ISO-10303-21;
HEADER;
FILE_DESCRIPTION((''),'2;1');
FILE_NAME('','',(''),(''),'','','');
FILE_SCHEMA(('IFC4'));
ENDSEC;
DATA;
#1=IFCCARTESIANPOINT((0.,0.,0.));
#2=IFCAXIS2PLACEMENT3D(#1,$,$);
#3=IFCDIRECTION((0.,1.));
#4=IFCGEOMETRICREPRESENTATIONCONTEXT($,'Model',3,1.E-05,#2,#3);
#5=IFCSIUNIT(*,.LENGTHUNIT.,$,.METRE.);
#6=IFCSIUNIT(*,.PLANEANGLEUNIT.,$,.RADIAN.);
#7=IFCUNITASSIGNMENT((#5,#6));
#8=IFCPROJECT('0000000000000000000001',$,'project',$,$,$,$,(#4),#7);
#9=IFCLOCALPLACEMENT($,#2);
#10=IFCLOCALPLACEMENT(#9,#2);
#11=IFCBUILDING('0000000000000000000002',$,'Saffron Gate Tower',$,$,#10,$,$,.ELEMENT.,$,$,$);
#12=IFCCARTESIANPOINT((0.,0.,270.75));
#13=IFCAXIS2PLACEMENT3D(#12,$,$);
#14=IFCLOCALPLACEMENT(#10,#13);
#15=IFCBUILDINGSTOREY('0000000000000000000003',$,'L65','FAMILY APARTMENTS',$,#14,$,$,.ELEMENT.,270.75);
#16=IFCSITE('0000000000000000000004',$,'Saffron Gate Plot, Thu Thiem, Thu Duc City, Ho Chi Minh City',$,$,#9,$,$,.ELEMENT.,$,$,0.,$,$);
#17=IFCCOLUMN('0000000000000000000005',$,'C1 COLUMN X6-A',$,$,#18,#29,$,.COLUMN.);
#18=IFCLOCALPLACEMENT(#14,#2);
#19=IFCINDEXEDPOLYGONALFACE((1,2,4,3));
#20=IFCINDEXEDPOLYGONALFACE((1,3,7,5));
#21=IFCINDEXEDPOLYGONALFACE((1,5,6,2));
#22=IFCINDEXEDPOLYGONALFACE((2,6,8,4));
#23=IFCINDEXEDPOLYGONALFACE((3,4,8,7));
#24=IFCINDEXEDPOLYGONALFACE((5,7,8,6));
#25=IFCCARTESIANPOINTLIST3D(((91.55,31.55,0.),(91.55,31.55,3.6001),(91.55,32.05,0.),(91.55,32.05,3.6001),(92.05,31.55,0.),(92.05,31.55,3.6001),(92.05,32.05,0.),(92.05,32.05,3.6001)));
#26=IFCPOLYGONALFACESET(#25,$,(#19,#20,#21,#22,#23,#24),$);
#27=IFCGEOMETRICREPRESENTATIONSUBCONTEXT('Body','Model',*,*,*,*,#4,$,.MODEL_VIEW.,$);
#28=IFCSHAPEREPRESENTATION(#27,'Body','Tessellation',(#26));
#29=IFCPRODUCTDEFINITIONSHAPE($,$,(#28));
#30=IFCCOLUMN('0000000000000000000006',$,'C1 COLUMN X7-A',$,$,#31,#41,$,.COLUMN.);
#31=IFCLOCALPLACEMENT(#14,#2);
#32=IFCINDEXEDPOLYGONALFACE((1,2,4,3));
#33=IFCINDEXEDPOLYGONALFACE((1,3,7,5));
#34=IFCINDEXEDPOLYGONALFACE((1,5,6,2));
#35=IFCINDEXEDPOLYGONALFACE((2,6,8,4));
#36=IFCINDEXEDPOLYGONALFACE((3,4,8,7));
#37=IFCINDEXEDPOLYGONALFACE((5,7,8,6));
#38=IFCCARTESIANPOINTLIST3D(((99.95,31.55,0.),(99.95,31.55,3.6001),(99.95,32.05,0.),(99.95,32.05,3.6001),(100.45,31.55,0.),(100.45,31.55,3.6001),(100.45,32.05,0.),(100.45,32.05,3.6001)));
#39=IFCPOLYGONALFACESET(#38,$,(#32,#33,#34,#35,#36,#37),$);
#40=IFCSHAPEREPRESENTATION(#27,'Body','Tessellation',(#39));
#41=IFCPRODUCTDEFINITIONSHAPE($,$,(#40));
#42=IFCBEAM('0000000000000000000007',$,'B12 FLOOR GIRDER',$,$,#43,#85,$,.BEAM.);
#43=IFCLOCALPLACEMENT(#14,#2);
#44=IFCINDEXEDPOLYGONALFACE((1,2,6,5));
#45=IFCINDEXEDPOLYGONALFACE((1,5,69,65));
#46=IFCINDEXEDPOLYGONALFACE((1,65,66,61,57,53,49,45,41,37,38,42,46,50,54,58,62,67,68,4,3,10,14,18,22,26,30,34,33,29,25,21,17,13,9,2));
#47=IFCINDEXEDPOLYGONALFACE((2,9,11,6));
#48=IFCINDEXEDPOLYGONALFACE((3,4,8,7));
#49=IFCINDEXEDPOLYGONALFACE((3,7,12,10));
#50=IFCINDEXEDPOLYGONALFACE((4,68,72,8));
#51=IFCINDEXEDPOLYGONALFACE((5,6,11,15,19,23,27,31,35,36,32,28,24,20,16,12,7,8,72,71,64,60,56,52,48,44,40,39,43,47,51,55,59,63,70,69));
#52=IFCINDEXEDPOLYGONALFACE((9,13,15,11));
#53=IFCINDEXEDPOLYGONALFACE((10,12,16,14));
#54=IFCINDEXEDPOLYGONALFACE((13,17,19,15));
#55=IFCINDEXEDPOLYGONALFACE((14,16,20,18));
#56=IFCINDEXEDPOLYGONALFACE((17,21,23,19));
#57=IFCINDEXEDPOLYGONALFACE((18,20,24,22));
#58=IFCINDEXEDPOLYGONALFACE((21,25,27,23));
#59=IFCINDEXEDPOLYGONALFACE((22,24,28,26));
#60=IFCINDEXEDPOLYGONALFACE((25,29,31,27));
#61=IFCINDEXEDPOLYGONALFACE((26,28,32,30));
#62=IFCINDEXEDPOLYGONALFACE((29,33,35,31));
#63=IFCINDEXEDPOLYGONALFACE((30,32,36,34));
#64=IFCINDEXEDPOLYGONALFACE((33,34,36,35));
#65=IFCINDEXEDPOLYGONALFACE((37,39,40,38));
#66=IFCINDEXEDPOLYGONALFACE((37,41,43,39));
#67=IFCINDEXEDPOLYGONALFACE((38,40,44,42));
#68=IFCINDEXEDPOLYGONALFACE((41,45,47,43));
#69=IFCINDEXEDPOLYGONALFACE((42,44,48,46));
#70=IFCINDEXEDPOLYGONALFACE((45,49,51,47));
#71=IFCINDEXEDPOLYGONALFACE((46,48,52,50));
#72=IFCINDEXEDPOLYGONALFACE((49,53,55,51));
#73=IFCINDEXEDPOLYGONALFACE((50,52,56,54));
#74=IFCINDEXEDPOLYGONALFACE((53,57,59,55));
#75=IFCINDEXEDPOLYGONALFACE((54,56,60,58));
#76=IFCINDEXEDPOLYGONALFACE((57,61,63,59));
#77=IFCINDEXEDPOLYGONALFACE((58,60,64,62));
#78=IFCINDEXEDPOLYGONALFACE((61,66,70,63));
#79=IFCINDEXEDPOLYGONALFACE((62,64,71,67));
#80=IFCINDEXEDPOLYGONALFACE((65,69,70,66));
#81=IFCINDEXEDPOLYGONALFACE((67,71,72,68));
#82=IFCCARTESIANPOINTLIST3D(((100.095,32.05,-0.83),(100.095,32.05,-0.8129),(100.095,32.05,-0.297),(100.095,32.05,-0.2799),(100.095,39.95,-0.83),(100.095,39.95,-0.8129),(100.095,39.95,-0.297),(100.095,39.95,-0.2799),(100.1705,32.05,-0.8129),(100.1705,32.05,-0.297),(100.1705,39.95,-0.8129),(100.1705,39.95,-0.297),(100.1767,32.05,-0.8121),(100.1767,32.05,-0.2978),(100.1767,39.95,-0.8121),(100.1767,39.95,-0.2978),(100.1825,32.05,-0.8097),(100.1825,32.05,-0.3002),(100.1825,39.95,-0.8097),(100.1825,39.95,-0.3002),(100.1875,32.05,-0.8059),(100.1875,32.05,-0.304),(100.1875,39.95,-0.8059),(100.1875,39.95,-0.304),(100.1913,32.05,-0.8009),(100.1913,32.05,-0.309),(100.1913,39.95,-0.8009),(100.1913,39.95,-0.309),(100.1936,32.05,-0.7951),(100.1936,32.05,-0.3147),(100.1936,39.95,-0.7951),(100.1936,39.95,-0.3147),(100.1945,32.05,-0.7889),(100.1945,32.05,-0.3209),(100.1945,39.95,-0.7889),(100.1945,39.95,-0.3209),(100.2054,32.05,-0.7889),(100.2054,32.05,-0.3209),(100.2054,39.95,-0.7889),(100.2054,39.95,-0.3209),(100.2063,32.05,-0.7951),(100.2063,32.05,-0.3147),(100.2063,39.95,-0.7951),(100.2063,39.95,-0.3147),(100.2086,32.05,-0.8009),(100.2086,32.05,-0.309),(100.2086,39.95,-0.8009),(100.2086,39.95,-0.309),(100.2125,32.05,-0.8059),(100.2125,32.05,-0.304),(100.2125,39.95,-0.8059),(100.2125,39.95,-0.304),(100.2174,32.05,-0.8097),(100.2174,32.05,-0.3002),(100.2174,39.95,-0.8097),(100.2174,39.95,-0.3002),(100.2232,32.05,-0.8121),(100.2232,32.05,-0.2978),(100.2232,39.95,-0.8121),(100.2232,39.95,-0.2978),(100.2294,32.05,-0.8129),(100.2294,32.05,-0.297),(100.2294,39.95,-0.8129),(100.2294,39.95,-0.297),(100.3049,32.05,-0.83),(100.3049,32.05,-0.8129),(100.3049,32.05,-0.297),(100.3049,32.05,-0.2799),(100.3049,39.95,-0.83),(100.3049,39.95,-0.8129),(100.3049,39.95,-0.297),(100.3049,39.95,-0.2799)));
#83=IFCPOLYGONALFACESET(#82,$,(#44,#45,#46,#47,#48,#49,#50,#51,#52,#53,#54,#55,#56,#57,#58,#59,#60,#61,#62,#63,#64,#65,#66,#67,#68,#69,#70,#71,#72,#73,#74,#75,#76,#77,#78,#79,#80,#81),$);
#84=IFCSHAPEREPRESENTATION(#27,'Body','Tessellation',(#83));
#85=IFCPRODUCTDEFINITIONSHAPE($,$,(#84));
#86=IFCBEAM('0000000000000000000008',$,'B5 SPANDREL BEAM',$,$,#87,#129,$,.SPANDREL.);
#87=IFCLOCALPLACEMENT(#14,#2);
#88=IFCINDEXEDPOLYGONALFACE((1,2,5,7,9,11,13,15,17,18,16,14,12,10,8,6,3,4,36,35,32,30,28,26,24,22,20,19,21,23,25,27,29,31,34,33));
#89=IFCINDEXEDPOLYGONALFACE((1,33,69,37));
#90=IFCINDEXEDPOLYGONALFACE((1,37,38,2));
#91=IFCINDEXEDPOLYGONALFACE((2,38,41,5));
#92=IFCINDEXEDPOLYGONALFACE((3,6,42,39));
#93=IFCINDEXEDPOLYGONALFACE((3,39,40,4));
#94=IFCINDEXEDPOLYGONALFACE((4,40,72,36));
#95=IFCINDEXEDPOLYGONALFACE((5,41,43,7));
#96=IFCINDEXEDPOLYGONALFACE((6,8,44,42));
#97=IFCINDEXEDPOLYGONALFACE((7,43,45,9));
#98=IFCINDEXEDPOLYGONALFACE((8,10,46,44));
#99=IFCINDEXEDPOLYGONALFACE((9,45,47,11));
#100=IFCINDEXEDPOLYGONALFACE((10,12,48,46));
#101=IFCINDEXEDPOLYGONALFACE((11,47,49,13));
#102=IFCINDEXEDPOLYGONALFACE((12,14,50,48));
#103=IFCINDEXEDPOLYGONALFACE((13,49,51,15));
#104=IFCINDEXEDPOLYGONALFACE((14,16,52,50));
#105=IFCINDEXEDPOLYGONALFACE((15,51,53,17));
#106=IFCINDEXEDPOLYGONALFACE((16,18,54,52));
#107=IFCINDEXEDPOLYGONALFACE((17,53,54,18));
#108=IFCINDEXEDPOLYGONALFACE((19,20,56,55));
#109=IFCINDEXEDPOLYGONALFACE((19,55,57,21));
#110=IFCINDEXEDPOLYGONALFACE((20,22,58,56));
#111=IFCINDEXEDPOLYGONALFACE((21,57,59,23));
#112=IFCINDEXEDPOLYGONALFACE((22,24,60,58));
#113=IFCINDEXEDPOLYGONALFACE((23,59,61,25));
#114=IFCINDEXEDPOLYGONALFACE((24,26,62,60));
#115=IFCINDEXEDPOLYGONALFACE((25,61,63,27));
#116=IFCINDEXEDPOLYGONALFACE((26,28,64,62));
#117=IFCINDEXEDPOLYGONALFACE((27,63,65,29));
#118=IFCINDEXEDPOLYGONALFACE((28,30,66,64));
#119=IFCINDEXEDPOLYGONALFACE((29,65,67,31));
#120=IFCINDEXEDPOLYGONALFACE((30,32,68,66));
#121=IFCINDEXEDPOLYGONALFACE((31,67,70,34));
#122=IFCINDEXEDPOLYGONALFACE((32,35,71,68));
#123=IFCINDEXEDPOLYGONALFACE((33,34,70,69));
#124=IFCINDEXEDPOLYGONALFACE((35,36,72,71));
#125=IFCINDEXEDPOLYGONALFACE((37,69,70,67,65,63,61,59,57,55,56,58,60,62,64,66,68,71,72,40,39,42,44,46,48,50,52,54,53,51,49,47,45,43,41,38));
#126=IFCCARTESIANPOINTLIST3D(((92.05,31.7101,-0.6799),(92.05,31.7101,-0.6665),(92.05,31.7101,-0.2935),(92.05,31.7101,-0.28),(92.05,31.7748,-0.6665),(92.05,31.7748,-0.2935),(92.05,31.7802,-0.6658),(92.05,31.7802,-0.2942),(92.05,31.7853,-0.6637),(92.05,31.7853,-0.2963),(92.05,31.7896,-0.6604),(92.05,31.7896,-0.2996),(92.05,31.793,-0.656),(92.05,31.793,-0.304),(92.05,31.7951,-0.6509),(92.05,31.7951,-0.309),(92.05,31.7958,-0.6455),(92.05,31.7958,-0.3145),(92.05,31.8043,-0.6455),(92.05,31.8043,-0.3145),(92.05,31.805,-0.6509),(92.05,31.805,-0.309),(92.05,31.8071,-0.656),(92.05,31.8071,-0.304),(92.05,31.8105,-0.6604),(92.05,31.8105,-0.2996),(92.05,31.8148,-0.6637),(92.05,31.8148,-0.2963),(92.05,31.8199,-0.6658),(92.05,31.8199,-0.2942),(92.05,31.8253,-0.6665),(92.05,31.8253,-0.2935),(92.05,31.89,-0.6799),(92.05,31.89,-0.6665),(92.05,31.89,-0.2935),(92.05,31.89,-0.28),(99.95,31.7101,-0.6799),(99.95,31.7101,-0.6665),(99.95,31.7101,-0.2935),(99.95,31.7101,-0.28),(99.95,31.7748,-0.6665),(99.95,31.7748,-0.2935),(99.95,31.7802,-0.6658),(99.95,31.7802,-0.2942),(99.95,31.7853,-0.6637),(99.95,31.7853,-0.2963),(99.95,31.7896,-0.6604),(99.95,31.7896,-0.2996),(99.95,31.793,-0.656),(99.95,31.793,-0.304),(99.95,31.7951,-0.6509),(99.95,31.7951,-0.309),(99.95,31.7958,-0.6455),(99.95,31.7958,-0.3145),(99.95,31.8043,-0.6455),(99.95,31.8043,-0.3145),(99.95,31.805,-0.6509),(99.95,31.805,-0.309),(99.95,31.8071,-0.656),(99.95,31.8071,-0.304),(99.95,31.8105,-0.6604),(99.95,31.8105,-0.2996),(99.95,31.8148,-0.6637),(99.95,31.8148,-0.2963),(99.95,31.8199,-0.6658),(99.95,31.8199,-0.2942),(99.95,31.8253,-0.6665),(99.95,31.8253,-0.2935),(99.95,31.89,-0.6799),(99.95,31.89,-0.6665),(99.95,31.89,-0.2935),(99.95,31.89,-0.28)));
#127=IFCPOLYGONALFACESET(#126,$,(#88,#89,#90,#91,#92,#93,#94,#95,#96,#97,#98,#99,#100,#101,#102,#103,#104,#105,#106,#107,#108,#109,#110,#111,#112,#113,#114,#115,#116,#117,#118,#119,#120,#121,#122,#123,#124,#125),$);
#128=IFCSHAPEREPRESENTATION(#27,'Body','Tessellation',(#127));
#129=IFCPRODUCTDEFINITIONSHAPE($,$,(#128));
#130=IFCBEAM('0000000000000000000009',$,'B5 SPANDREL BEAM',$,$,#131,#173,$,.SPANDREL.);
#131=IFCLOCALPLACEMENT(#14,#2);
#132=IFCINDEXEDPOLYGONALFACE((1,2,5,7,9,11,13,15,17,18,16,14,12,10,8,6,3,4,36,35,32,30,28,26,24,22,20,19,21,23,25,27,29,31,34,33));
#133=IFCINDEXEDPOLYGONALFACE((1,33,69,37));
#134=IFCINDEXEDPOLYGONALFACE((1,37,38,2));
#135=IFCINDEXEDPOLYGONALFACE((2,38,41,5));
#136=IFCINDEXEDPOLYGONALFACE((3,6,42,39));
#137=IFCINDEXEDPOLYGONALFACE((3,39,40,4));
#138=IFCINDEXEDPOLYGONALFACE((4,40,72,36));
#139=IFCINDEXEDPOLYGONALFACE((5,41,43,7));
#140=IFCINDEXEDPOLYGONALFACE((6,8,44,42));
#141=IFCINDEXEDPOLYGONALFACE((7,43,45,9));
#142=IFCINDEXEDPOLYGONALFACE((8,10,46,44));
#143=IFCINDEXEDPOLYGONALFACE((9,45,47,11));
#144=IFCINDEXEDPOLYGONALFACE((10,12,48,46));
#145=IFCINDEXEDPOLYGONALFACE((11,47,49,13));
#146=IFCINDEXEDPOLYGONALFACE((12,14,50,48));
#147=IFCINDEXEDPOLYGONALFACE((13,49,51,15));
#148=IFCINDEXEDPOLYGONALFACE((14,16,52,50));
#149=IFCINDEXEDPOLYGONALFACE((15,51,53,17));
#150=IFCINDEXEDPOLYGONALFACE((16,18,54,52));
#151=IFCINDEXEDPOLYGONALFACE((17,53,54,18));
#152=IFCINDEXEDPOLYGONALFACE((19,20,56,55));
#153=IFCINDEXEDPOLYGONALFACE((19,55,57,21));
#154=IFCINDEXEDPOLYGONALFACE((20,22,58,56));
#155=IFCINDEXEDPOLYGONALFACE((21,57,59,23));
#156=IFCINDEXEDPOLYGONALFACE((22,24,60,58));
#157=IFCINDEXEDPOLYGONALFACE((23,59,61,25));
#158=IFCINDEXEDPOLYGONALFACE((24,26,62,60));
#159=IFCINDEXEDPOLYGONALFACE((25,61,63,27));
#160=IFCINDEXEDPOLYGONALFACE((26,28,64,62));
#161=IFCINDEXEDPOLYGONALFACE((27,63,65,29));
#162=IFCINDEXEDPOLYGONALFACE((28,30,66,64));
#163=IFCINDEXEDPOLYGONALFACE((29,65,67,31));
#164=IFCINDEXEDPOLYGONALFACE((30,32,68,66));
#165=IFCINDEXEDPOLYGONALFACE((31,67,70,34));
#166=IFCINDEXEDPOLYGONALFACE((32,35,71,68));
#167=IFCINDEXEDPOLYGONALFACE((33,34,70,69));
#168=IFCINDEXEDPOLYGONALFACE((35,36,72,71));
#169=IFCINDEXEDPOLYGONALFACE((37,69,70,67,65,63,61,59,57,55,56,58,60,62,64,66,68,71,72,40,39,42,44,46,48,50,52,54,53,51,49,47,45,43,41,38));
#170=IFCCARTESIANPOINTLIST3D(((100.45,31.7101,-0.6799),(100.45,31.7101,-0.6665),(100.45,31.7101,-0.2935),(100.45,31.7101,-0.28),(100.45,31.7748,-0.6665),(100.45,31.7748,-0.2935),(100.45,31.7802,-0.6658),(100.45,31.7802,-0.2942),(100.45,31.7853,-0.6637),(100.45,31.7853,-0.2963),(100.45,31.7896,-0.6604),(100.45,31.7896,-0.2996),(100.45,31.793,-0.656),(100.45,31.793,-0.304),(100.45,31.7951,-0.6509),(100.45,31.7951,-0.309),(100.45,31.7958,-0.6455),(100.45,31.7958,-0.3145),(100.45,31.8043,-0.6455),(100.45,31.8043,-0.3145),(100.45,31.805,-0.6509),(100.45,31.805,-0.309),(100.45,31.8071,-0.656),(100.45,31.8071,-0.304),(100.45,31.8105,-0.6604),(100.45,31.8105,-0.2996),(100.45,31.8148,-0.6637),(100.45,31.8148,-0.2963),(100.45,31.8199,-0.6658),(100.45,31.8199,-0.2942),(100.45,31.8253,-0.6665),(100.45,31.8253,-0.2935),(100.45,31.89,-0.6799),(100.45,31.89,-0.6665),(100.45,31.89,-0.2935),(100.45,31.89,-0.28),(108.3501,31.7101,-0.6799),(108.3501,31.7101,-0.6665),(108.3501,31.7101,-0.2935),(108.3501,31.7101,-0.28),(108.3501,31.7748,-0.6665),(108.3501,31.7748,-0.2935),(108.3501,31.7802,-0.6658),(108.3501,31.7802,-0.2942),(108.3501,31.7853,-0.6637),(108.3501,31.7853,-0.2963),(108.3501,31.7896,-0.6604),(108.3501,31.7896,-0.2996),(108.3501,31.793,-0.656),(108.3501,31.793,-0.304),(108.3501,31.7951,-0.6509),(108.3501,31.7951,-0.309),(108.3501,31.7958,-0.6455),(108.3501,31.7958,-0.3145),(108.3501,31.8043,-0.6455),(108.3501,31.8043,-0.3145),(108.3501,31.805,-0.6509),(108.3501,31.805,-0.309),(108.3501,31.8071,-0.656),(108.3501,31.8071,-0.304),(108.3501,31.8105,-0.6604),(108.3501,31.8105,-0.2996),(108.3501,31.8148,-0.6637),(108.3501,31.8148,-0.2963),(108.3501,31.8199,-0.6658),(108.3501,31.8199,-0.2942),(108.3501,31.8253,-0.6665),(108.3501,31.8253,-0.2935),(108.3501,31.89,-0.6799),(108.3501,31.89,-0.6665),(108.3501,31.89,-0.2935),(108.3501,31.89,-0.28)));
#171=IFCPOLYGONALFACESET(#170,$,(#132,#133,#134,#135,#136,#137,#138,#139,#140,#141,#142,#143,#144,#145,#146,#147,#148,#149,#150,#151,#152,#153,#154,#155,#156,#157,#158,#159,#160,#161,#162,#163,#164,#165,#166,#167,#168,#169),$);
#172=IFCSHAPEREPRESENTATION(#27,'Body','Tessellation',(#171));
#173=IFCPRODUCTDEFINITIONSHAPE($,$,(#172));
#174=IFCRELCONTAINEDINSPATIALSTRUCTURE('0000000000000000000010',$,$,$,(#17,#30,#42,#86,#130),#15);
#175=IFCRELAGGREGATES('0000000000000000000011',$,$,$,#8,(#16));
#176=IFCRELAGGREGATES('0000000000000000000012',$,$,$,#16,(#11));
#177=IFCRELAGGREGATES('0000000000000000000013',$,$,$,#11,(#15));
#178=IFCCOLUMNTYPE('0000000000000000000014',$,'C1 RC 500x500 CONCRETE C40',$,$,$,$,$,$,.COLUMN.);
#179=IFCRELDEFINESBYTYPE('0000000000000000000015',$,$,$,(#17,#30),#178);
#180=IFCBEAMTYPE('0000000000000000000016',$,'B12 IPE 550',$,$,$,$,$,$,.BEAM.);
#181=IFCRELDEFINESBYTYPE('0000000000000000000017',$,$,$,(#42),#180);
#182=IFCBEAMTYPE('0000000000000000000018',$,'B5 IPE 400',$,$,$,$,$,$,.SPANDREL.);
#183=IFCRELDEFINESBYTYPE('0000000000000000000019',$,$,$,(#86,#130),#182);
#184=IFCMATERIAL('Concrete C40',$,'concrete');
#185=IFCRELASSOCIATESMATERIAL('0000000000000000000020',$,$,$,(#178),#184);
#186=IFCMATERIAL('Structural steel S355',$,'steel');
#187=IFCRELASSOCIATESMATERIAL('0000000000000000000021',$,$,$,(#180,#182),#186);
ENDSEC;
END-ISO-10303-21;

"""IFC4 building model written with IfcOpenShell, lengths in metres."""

from ifc_helpers import new_model, si_unit, direction, frame, origin, origin_2d, place, context, subcontext, project, spatial, rectangle, i_section, extrude, material, material_profile, profile_set, type_object, element, save


model = new_model("IFC4")

# Units and contexts
model_context = context("Model", 3, precision=1e-05, world=origin(), true_north=direction((0.0, 1.0)))
body_context = subcontext(model_context, "Body", "Model", "MODEL_VIEW")
ifc_project = project(units=[si_unit("LENGTHUNIT", "METRE"), si_unit("PLANEANGLEUNIT", "RADIAN")], contexts=[model_context])

# Site, building, storey
site_placement = place(None, origin())
site = spatial("IfcSite", under=ifc_project, at=site_placement, Name="Saffron Gate Plot, Thu Thiem, Thu Duc City, Ho Chi Minh City", CompositionType="ELEMENT", RefElevation=0.0)
building_placement = place(site_placement, origin())
building = spatial("IfcBuilding", under=site, at=building_placement, Name="Saffron Gate Tower", CompositionType="ELEMENT")
storey_placement = place(building_placement, frame((0.0, 0.0, 270.75)))
storey = spatial("IfcBuildingStorey", under=building, at=storey_placement, Name="L65", Description="FAMILY APARTMENTS", CompositionType="ELEMENT", Elevation=270.75)

# Columns
ifc_material_1 = material(Name="Concrete C40", Category="concrete")
ifc_material_profile_1 = material_profile(ifc_material_1, rectangle(XDim=0.5, YDim=0.5, at=origin_2d()))
ifc_profile_set_1 = profile_set([ifc_material_profile_1], Name="Concrete C40")
column_type = type_object("IfcColumnType", Name="C1 RC 500x500 CONCRETE C40", PredefinedType="COLUMN", material=ifc_profile_set_1)
for number, where, z_axis, x_axis, name in (
    (1, (91.8, 31.8, 0.0), (0.0, 0.0, 1.0), (1.0, 0.0, 0.0), "C1 COLUMN X6-A"),
    (2, (100.2, 31.8, 0.0), (0.0, 0.0, 1.0), (1.0, 0.0, 0.0), "C1 COLUMN X7-A"),
):
    element("IfcColumn", number, at=place(storey_placement, frame(where, z_axis=z_axis, x_axis=x_axis)), inside=storey, type_object=column_type, Name=name, PredefinedType="COLUMN", context=body_context, shape_type="SweptSolid", body=[
        extrude(rectangle(XDim=0.5, YDim=0.5, at=origin_2d()), origin(), (0.0, 0.0, 1.0), 3.6001),
    ])

# Beams
ifc_material_2 = material(Name="Structural steel S355", Category="steel")
ifc_material_profile_2 = material_profile(ifc_material_2, i_section(OverallWidth=0.21, OverallDepth=0.55, WebThickness=0.011, FlangeThickness=0.0171, FilletRadius=0.0239, at=origin_2d()))
ifc_profile_set_2 = profile_set([ifc_material_profile_2], Name="Structural steel S355")
beam_type_1 = type_object("IfcBeamType", Name="B12 IPE 550", PredefinedType="BEAM", material=ifc_profile_set_2)
beam_1_placement = place(storey_placement, frame((100.2, 32.05, -0.5549), z_axis=(0.0, 1.0, 0.0), x_axis=(-1.0, 0.0, 0.0)))
element("IfcBeam", 3, at=beam_1_placement, inside=storey, type_object=beam_type_1, Name="B12 FLOOR GIRDER", PredefinedType="BEAM", context=body_context, shape_type="SweptSolid", body=[
    extrude(i_section(OverallWidth=0.21, OverallDepth=0.55, WebThickness=0.011, FlangeThickness=0.0171, FilletRadius=0.0239, at=origin_2d()), origin(), (0.0, 0.0, 1.0), 7.8999),
])
ifc_material_profile_3 = material_profile(ifc_material_2, i_section(OverallWidth=0.1799, OverallDepth=0.3999, WebThickness=0.0085, FlangeThickness=0.0134, FilletRadius=0.021, at=origin_2d()))
ifc_profile_set_3 = profile_set([ifc_material_profile_3], Name="Structural steel S355")
beam_type_2 = type_object("IfcBeamType", Name="B5 IPE 400", PredefinedType="SPANDREL", material=ifc_profile_set_3)
beam_2_placement = place(storey_placement, frame((92.05, 31.8, -0.48), z_axis=(1.0, 0.0, 0.0), x_axis=(0.0, 1.0, 0.0)))
element("IfcBeam", 4, at=beam_2_placement, inside=storey, type_object=beam_type_2, Name="B5 SPANDREL BEAM", PredefinedType="SPANDREL", context=body_context, shape_type="SweptSolid", body=[
    extrude(i_section(OverallWidth=0.1799, OverallDepth=0.3999, WebThickness=0.0085, FlangeThickness=0.0134, FilletRadius=0.021, at=origin_2d()), origin(), (0.0, 0.0, 1.0), 7.8999),
])
beam_3_placement = place(storey_placement, frame((100.45, 31.8, -0.48), z_axis=(1.0, 0.0, 0.0), x_axis=(0.0, 1.0, 0.0)))
element("IfcBeam", 5, at=beam_3_placement, inside=storey, type_object=beam_type_2, Name="B5 SPANDREL BEAM", PredefinedType="SPANDREL", context=body_context, shape_type="SweptSolid", body=[
    extrude(i_section(OverallWidth=0.1799, OverallDepth=0.3999, WebThickness=0.0085, FlangeThickness=0.0134, FilletRadius=0.021, at=origin_2d()), origin(), (0.0, 0.0, 1.0), 7.9001),
])

save(model, "model.ifc")
